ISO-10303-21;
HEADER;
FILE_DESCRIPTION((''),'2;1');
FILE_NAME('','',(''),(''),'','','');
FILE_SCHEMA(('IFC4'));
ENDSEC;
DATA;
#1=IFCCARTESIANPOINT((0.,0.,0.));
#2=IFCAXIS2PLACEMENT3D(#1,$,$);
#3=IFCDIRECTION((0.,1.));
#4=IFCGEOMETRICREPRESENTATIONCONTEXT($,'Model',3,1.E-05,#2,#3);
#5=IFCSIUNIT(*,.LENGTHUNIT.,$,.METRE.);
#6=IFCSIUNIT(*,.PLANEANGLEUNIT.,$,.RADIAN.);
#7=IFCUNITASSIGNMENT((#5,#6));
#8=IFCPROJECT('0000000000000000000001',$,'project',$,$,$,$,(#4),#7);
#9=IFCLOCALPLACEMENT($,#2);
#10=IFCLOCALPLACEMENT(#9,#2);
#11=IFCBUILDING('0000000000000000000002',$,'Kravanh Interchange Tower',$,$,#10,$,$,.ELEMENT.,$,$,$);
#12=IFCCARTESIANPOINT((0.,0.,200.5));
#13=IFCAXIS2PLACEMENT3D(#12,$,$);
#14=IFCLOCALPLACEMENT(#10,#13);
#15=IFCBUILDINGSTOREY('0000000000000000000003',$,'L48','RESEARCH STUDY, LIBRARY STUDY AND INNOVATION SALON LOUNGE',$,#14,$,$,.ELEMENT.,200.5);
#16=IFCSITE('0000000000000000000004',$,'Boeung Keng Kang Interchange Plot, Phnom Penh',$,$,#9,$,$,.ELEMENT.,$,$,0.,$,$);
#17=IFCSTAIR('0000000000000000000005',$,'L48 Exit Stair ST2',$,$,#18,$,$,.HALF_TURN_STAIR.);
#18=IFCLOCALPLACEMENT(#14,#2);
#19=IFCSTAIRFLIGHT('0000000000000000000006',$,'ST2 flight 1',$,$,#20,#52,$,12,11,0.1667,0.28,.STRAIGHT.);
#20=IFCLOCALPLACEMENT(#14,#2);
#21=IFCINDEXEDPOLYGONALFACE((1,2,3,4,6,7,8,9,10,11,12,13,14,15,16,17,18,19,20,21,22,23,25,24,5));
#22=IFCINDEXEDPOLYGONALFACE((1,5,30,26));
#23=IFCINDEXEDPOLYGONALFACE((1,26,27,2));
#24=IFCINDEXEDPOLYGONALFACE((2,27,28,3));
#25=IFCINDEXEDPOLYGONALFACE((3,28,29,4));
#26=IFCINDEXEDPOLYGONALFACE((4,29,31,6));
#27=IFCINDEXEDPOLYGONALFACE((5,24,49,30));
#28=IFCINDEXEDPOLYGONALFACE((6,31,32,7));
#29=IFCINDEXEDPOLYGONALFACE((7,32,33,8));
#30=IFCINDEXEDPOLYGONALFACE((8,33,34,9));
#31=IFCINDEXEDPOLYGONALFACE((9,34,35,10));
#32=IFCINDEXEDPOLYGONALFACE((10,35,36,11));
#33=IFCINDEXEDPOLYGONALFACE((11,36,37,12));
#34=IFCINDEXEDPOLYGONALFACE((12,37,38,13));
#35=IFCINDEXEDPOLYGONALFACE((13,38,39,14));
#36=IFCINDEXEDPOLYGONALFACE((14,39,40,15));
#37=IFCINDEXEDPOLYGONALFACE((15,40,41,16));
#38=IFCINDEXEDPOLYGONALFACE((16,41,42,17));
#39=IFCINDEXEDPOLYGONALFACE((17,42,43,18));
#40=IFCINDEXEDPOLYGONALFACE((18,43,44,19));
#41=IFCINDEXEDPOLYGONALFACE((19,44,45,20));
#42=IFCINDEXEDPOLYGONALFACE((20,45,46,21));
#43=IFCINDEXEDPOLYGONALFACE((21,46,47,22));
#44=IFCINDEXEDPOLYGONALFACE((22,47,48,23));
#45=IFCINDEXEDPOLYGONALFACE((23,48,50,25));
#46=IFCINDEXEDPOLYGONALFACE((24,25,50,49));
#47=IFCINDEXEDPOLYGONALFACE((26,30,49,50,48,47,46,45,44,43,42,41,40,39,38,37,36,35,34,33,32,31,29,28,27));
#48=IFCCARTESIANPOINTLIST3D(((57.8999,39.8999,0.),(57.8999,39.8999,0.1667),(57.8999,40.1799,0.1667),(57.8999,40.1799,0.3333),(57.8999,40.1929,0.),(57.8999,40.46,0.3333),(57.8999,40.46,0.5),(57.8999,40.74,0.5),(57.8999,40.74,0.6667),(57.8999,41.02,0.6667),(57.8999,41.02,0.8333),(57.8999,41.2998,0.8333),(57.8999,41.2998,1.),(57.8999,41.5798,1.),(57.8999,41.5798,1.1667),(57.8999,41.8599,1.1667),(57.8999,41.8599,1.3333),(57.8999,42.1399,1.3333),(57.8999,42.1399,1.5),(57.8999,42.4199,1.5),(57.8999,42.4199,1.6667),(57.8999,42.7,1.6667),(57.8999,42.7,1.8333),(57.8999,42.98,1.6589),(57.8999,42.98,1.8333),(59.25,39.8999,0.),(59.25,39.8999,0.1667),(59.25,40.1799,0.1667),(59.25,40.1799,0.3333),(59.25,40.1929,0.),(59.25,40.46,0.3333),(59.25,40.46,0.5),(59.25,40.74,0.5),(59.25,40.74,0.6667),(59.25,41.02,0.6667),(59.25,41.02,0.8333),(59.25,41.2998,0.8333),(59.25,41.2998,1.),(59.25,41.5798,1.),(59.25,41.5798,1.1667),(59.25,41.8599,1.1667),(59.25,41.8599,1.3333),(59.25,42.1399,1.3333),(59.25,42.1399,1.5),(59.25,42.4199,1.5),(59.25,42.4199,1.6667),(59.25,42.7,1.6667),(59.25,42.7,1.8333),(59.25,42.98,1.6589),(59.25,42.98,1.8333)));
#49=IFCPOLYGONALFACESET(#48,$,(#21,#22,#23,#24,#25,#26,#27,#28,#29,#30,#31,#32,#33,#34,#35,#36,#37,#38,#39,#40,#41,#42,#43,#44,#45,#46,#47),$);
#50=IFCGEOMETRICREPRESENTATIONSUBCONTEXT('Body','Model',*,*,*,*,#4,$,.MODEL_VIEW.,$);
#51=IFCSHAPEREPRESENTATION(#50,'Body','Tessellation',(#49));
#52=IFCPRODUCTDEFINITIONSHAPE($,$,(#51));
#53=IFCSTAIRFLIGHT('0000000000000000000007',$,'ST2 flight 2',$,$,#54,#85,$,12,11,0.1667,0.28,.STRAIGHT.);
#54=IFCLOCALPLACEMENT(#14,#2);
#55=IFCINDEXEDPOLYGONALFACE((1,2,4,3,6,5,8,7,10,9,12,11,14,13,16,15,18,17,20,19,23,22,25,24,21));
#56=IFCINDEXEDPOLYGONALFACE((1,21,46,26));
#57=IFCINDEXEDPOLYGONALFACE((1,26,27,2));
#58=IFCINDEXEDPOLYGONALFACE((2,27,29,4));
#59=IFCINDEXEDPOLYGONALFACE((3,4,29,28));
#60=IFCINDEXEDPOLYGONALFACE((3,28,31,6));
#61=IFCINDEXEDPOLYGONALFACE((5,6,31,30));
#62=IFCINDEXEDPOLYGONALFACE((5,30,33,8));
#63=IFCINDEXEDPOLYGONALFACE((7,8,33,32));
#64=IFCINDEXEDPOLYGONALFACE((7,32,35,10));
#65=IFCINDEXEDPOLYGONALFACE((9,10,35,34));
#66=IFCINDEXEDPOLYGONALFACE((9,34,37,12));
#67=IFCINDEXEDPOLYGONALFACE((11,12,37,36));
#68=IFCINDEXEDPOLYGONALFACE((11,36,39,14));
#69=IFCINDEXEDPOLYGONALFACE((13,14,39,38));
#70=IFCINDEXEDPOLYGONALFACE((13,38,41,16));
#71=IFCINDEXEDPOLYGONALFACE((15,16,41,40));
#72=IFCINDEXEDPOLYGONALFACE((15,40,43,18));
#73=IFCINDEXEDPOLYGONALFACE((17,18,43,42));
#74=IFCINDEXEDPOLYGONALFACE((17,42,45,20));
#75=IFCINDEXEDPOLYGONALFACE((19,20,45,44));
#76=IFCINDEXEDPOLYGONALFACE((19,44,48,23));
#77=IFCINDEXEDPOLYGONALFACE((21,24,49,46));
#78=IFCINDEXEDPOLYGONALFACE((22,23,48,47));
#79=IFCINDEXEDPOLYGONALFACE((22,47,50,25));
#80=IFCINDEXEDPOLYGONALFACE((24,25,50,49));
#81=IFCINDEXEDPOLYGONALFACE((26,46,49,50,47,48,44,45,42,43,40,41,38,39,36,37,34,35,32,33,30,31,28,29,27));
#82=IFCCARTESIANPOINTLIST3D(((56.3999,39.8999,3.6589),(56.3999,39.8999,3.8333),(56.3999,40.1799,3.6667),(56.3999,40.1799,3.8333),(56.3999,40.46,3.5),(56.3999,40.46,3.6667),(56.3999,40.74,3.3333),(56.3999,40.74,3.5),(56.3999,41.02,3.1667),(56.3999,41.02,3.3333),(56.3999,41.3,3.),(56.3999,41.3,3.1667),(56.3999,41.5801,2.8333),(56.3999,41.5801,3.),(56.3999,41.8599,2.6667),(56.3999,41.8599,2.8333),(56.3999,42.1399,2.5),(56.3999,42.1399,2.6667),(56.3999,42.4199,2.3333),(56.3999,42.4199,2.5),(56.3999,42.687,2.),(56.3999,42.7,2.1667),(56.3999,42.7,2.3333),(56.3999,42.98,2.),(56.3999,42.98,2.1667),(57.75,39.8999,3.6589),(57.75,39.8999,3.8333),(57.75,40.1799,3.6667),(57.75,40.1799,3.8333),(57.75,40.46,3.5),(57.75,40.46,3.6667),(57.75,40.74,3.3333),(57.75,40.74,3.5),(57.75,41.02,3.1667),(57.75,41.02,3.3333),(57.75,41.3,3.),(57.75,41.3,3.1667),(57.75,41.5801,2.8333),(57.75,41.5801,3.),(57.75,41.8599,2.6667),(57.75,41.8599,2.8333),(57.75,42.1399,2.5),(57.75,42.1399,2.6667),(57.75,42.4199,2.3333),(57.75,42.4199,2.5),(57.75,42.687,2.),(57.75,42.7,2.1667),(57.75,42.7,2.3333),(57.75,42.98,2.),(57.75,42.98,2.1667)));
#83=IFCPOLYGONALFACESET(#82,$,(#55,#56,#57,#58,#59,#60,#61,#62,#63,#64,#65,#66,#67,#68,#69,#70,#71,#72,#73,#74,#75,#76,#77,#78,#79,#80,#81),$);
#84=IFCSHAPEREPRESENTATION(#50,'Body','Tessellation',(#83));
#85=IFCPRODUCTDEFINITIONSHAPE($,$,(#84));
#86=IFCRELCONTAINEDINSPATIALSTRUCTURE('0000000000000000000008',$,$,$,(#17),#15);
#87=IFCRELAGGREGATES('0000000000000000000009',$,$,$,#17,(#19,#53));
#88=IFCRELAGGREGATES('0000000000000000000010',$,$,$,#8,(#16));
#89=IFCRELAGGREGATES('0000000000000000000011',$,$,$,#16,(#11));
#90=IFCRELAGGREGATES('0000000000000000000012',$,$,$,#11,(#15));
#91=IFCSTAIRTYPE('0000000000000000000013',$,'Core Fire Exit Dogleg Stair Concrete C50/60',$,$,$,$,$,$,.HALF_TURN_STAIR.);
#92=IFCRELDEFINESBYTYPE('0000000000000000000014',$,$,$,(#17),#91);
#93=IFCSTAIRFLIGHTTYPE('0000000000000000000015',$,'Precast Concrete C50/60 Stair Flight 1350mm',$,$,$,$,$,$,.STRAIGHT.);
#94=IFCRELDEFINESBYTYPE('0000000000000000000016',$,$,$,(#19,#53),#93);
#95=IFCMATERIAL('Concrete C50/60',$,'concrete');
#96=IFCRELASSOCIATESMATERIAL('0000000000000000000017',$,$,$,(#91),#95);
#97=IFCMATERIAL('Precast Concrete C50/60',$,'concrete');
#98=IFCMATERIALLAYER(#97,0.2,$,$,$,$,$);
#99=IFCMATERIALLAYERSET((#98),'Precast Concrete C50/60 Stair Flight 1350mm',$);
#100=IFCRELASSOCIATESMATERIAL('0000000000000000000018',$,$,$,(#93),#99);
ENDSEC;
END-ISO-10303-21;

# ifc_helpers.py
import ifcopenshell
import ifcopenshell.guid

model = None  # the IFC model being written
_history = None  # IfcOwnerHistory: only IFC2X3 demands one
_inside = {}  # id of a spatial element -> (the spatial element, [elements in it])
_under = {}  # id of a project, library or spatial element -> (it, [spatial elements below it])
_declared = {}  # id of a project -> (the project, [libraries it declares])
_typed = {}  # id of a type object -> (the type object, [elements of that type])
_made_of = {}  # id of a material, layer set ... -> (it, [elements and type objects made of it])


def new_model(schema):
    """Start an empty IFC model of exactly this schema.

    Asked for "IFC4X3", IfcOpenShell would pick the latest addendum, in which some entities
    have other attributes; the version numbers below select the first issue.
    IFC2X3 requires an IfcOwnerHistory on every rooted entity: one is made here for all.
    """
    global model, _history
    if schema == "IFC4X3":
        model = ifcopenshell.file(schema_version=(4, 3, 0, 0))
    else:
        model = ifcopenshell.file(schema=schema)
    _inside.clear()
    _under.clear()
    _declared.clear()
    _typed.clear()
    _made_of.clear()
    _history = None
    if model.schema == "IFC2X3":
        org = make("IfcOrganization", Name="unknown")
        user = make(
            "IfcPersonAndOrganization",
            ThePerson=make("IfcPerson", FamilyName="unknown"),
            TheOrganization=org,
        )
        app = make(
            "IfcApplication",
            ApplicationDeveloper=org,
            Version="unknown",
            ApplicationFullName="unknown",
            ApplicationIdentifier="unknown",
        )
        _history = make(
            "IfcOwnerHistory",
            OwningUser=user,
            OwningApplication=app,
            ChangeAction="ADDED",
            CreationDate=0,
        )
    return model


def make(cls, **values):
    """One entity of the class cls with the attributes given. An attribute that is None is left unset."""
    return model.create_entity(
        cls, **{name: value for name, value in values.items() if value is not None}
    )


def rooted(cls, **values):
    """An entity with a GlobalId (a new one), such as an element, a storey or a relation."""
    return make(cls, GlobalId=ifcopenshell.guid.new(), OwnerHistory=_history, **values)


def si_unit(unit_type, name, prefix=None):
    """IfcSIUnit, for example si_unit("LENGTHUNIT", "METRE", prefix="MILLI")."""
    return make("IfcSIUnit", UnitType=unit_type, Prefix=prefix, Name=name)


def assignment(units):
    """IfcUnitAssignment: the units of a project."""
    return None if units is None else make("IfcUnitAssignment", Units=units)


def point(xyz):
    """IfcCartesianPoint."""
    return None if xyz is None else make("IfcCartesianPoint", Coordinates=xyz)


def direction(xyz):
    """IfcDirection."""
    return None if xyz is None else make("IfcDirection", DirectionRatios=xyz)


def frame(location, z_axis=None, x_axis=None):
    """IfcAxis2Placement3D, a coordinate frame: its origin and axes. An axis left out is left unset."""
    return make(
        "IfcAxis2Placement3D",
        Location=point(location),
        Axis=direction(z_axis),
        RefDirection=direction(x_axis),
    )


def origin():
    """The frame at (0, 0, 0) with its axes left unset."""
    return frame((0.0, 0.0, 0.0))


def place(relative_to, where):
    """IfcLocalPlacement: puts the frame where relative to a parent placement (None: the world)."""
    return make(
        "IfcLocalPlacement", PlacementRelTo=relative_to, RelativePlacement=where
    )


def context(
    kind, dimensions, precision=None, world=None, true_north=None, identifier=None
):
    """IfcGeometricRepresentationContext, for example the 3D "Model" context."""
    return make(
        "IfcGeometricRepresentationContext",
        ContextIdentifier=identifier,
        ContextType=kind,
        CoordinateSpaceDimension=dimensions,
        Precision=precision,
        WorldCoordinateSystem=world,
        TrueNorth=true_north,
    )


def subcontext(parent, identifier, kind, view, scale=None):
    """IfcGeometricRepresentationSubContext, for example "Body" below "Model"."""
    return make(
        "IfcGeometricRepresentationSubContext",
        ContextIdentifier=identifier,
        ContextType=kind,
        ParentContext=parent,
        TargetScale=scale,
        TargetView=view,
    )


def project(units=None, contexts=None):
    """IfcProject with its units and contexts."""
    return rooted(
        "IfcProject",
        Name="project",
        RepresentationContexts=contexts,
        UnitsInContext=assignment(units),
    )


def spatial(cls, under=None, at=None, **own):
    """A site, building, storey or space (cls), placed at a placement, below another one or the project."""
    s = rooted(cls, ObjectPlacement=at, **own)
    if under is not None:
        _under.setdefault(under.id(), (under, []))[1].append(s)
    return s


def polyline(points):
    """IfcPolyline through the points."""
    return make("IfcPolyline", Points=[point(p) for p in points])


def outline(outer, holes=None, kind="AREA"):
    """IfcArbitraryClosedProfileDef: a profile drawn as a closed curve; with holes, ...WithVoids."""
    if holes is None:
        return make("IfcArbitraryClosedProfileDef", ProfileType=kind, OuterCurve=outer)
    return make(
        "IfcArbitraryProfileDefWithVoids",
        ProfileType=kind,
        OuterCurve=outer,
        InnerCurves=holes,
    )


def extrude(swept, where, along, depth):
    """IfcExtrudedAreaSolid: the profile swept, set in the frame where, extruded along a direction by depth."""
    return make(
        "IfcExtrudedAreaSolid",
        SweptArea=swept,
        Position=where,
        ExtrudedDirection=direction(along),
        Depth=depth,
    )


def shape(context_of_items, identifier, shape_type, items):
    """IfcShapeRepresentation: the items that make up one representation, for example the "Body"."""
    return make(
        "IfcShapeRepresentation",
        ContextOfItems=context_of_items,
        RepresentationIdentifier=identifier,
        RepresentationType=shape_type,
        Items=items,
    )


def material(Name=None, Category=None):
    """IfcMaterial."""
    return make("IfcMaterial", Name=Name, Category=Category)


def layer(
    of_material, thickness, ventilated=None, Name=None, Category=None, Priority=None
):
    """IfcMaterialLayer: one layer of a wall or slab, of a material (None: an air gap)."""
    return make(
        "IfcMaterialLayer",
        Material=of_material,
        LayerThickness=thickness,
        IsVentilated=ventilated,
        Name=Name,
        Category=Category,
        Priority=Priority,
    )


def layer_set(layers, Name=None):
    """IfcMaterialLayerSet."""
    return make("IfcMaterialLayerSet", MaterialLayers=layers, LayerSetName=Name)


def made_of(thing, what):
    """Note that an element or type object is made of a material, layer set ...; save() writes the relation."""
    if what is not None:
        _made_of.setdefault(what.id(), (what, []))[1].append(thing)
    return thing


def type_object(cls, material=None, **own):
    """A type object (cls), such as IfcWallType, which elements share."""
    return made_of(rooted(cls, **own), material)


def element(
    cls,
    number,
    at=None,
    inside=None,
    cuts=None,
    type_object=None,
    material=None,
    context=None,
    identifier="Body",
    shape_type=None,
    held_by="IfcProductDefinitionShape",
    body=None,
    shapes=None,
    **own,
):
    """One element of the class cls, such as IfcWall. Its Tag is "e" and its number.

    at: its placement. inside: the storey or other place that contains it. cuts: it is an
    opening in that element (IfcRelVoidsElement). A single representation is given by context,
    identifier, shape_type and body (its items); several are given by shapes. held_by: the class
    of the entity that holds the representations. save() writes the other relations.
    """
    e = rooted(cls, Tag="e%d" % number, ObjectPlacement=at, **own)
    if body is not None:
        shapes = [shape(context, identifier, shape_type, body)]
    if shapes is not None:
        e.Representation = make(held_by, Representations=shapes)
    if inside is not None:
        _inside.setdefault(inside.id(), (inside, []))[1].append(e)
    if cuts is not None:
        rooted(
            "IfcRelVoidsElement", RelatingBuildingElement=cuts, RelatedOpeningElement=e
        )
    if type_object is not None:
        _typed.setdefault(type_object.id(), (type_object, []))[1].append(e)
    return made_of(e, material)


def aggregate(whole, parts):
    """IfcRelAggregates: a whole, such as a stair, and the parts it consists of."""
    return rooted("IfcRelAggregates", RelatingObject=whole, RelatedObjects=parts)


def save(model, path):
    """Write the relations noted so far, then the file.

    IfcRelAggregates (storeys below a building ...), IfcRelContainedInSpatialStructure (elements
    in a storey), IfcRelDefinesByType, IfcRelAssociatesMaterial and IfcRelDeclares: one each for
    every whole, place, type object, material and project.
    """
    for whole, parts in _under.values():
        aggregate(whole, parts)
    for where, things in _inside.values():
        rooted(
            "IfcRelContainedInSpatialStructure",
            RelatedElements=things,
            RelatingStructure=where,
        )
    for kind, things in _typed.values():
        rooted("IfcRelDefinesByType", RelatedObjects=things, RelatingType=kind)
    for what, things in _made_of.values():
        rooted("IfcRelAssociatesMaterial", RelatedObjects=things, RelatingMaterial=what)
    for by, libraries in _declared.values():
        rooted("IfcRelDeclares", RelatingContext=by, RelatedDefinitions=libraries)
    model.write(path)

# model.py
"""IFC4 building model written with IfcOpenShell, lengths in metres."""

from ifc_helpers import new_model, si_unit, direction, frame, origin, place, context, subcontext, project, spatial, polyline, outline, extrude, material, layer, layer_set, type_object, element, aggregate, save


model = new_model("IFC4")

# Units and contexts
model_context = context("Model", 3, precision=1e-05, world=origin(), true_north=direction((0.0, 1.0)))
body_context = subcontext(model_context, "Body", "Model", "MODEL_VIEW")
ifc_project = project(units=[si_unit("LENGTHUNIT", "METRE"), si_unit("PLANEANGLEUNIT", "RADIAN")], contexts=[model_context])

# Site, building, storey
site_placement = place(None, origin())
site = spatial("IfcSite", under=ifc_project, at=site_placement, Name="Boeung Keng Kang Interchange Plot, Phnom Penh", CompositionType="ELEMENT", RefElevation=0.0)
building_placement = place(site_placement, origin())
building = spatial("IfcBuilding", under=site, at=building_placement, Name="Kravanh Interchange Tower", CompositionType="ELEMENT")
storey_placement = place(building_placement, frame((0.0, 0.0, 200.5)))
storey = spatial("IfcBuildingStorey", under=building, at=storey_placement, Name="L48", Description="RESEARCH STUDY, LIBRARY STUDY AND INNOVATION SALON LOUNGE", CompositionType="ELEMENT", Elevation=200.5)

# Stair, stair flights
ifc_material_1 = material(Name="Concrete C50/60", Category="concrete")
stair_type = type_object("IfcStairType", Name="Core Fire Exit Dogleg Stair Concrete C50/60", PredefinedType="HALF_TURN_STAIR", material=ifc_material_1)
ifc_material_2 = material(Name="Precast Concrete C50/60", Category="concrete")
ifc_layer_1 = layer(ifc_material_2, 0.2)
ifc_layer_set_1 = layer_set([ifc_layer_1], Name="Precast Concrete C50/60 Stair Flight 1350mm")
stair_flight_type = type_object("IfcStairFlightType", Name="Precast Concrete C50/60 Stair Flight 1350mm", PredefinedType="STRAIGHT", material=ifc_layer_set_1)
stair_1_placement = place(storey_placement, origin())
stair_1 = element("IfcStair", 1, at=stair_1_placement, inside=storey, type_object=stair_type, Name="L48 Exit Stair ST2", PredefinedType="HALF_TURN_STAIR")
stair_flight_1_placement = place(storey_placement, frame((58.575, 39.8999, 0.0), z_axis=(0.0, 0.0, 1.0), x_axis=(0.0, 1.0, 0.0)))
stair_flight_1 = element("IfcStairFlight", 2, at=stair_flight_1_placement, type_object=stair_flight_type, Name="ST2 flight 1", NumberOfRisers=12, NumberOfTreads=11, PredefinedType="STRAIGHT", RiserHeight=0.1667, TreadLength=0.28, context=body_context, shape_type="SweptSolid", body=[
    extrude(outline(polyline([(0.0, 0.0), (0.0, 0.1667), (0.28, 0.1667), (0.28, 0.3333), (0.5601, 0.3333), (0.5601, 0.5), (0.8401, 0.5), (0.8401, 0.6667), (1.1201, 0.6667), (1.1201, 0.8333), (1.3999, 0.8333), (1.3999, 1.0), (1.6799, 1.0), (1.6799, 1.1667), (1.96, 1.1667), (1.96, 1.3333), (2.24, 1.3333), (2.24, 1.5), (2.52, 1.5), (2.52, 1.6667), (2.8, 1.6667), (2.8, 1.8333), (3.0801, 1.8333), (3.0801, 2.0), (3.0801, 1.6589), (0.293, 0.0), (0.0, 0.0)])), frame((0.0, 0.675, 0.0), z_axis=(0.0, -1.0, 0.0), x_axis=(1.0, 0.0, 0.0)), (0.0, 0.0, 1.0), 1.3501),
])
stair_flight_2_placement = place(storey_placement, frame((57.075, 42.98, 2.0), z_axis=(0.0, 0.0, 1.0), x_axis=(0.0, -1.0, 0.0)))
stair_flight_2 = element("IfcStairFlight", 3, at=stair_flight_2_placement, type_object=stair_flight_type, Name="ST2 flight 2", NumberOfRisers=12, NumberOfTreads=11, PredefinedType="STRAIGHT", RiserHeight=0.1667, TreadLength=0.28, context=body_context, shape_type="SweptSolid", body=[
    extrude(outline(polyline([(0.0, 0.0), (0.0, 0.1667), (0.28, 0.1667), (0.28, 0.3333), (0.5601, 0.3333), (0.5601, 0.5), (0.8401, 0.5), (0.8401, 0.6667), (1.1201, 0.6667), (1.1201, 0.8333), (1.3999, 0.8333), (1.3999, 1.0), (1.6799, 1.0), (1.6799, 1.1667), (1.96, 1.1667), (1.96, 1.3333), (2.24, 1.3333), (2.24, 1.5), (2.52, 1.5), (2.52, 1.6667), (2.8, 1.6667), (2.8, 1.8333), (3.0801, 1.8333), (3.0801, 2.0), (3.0801, 1.6589), (0.293, 0.0), (0.0, 0.0)])), frame((0.0, 0.675, 0.0), z_axis=(0.0, -1.0, 0.0), x_axis=(1.0, 0.0, 0.0)), (0.0, 0.0, 1.0), 1.3501),
])
aggregate(stair_1, [stair_flight_1, stair_flight_2])

save(model, "model.ifc")
